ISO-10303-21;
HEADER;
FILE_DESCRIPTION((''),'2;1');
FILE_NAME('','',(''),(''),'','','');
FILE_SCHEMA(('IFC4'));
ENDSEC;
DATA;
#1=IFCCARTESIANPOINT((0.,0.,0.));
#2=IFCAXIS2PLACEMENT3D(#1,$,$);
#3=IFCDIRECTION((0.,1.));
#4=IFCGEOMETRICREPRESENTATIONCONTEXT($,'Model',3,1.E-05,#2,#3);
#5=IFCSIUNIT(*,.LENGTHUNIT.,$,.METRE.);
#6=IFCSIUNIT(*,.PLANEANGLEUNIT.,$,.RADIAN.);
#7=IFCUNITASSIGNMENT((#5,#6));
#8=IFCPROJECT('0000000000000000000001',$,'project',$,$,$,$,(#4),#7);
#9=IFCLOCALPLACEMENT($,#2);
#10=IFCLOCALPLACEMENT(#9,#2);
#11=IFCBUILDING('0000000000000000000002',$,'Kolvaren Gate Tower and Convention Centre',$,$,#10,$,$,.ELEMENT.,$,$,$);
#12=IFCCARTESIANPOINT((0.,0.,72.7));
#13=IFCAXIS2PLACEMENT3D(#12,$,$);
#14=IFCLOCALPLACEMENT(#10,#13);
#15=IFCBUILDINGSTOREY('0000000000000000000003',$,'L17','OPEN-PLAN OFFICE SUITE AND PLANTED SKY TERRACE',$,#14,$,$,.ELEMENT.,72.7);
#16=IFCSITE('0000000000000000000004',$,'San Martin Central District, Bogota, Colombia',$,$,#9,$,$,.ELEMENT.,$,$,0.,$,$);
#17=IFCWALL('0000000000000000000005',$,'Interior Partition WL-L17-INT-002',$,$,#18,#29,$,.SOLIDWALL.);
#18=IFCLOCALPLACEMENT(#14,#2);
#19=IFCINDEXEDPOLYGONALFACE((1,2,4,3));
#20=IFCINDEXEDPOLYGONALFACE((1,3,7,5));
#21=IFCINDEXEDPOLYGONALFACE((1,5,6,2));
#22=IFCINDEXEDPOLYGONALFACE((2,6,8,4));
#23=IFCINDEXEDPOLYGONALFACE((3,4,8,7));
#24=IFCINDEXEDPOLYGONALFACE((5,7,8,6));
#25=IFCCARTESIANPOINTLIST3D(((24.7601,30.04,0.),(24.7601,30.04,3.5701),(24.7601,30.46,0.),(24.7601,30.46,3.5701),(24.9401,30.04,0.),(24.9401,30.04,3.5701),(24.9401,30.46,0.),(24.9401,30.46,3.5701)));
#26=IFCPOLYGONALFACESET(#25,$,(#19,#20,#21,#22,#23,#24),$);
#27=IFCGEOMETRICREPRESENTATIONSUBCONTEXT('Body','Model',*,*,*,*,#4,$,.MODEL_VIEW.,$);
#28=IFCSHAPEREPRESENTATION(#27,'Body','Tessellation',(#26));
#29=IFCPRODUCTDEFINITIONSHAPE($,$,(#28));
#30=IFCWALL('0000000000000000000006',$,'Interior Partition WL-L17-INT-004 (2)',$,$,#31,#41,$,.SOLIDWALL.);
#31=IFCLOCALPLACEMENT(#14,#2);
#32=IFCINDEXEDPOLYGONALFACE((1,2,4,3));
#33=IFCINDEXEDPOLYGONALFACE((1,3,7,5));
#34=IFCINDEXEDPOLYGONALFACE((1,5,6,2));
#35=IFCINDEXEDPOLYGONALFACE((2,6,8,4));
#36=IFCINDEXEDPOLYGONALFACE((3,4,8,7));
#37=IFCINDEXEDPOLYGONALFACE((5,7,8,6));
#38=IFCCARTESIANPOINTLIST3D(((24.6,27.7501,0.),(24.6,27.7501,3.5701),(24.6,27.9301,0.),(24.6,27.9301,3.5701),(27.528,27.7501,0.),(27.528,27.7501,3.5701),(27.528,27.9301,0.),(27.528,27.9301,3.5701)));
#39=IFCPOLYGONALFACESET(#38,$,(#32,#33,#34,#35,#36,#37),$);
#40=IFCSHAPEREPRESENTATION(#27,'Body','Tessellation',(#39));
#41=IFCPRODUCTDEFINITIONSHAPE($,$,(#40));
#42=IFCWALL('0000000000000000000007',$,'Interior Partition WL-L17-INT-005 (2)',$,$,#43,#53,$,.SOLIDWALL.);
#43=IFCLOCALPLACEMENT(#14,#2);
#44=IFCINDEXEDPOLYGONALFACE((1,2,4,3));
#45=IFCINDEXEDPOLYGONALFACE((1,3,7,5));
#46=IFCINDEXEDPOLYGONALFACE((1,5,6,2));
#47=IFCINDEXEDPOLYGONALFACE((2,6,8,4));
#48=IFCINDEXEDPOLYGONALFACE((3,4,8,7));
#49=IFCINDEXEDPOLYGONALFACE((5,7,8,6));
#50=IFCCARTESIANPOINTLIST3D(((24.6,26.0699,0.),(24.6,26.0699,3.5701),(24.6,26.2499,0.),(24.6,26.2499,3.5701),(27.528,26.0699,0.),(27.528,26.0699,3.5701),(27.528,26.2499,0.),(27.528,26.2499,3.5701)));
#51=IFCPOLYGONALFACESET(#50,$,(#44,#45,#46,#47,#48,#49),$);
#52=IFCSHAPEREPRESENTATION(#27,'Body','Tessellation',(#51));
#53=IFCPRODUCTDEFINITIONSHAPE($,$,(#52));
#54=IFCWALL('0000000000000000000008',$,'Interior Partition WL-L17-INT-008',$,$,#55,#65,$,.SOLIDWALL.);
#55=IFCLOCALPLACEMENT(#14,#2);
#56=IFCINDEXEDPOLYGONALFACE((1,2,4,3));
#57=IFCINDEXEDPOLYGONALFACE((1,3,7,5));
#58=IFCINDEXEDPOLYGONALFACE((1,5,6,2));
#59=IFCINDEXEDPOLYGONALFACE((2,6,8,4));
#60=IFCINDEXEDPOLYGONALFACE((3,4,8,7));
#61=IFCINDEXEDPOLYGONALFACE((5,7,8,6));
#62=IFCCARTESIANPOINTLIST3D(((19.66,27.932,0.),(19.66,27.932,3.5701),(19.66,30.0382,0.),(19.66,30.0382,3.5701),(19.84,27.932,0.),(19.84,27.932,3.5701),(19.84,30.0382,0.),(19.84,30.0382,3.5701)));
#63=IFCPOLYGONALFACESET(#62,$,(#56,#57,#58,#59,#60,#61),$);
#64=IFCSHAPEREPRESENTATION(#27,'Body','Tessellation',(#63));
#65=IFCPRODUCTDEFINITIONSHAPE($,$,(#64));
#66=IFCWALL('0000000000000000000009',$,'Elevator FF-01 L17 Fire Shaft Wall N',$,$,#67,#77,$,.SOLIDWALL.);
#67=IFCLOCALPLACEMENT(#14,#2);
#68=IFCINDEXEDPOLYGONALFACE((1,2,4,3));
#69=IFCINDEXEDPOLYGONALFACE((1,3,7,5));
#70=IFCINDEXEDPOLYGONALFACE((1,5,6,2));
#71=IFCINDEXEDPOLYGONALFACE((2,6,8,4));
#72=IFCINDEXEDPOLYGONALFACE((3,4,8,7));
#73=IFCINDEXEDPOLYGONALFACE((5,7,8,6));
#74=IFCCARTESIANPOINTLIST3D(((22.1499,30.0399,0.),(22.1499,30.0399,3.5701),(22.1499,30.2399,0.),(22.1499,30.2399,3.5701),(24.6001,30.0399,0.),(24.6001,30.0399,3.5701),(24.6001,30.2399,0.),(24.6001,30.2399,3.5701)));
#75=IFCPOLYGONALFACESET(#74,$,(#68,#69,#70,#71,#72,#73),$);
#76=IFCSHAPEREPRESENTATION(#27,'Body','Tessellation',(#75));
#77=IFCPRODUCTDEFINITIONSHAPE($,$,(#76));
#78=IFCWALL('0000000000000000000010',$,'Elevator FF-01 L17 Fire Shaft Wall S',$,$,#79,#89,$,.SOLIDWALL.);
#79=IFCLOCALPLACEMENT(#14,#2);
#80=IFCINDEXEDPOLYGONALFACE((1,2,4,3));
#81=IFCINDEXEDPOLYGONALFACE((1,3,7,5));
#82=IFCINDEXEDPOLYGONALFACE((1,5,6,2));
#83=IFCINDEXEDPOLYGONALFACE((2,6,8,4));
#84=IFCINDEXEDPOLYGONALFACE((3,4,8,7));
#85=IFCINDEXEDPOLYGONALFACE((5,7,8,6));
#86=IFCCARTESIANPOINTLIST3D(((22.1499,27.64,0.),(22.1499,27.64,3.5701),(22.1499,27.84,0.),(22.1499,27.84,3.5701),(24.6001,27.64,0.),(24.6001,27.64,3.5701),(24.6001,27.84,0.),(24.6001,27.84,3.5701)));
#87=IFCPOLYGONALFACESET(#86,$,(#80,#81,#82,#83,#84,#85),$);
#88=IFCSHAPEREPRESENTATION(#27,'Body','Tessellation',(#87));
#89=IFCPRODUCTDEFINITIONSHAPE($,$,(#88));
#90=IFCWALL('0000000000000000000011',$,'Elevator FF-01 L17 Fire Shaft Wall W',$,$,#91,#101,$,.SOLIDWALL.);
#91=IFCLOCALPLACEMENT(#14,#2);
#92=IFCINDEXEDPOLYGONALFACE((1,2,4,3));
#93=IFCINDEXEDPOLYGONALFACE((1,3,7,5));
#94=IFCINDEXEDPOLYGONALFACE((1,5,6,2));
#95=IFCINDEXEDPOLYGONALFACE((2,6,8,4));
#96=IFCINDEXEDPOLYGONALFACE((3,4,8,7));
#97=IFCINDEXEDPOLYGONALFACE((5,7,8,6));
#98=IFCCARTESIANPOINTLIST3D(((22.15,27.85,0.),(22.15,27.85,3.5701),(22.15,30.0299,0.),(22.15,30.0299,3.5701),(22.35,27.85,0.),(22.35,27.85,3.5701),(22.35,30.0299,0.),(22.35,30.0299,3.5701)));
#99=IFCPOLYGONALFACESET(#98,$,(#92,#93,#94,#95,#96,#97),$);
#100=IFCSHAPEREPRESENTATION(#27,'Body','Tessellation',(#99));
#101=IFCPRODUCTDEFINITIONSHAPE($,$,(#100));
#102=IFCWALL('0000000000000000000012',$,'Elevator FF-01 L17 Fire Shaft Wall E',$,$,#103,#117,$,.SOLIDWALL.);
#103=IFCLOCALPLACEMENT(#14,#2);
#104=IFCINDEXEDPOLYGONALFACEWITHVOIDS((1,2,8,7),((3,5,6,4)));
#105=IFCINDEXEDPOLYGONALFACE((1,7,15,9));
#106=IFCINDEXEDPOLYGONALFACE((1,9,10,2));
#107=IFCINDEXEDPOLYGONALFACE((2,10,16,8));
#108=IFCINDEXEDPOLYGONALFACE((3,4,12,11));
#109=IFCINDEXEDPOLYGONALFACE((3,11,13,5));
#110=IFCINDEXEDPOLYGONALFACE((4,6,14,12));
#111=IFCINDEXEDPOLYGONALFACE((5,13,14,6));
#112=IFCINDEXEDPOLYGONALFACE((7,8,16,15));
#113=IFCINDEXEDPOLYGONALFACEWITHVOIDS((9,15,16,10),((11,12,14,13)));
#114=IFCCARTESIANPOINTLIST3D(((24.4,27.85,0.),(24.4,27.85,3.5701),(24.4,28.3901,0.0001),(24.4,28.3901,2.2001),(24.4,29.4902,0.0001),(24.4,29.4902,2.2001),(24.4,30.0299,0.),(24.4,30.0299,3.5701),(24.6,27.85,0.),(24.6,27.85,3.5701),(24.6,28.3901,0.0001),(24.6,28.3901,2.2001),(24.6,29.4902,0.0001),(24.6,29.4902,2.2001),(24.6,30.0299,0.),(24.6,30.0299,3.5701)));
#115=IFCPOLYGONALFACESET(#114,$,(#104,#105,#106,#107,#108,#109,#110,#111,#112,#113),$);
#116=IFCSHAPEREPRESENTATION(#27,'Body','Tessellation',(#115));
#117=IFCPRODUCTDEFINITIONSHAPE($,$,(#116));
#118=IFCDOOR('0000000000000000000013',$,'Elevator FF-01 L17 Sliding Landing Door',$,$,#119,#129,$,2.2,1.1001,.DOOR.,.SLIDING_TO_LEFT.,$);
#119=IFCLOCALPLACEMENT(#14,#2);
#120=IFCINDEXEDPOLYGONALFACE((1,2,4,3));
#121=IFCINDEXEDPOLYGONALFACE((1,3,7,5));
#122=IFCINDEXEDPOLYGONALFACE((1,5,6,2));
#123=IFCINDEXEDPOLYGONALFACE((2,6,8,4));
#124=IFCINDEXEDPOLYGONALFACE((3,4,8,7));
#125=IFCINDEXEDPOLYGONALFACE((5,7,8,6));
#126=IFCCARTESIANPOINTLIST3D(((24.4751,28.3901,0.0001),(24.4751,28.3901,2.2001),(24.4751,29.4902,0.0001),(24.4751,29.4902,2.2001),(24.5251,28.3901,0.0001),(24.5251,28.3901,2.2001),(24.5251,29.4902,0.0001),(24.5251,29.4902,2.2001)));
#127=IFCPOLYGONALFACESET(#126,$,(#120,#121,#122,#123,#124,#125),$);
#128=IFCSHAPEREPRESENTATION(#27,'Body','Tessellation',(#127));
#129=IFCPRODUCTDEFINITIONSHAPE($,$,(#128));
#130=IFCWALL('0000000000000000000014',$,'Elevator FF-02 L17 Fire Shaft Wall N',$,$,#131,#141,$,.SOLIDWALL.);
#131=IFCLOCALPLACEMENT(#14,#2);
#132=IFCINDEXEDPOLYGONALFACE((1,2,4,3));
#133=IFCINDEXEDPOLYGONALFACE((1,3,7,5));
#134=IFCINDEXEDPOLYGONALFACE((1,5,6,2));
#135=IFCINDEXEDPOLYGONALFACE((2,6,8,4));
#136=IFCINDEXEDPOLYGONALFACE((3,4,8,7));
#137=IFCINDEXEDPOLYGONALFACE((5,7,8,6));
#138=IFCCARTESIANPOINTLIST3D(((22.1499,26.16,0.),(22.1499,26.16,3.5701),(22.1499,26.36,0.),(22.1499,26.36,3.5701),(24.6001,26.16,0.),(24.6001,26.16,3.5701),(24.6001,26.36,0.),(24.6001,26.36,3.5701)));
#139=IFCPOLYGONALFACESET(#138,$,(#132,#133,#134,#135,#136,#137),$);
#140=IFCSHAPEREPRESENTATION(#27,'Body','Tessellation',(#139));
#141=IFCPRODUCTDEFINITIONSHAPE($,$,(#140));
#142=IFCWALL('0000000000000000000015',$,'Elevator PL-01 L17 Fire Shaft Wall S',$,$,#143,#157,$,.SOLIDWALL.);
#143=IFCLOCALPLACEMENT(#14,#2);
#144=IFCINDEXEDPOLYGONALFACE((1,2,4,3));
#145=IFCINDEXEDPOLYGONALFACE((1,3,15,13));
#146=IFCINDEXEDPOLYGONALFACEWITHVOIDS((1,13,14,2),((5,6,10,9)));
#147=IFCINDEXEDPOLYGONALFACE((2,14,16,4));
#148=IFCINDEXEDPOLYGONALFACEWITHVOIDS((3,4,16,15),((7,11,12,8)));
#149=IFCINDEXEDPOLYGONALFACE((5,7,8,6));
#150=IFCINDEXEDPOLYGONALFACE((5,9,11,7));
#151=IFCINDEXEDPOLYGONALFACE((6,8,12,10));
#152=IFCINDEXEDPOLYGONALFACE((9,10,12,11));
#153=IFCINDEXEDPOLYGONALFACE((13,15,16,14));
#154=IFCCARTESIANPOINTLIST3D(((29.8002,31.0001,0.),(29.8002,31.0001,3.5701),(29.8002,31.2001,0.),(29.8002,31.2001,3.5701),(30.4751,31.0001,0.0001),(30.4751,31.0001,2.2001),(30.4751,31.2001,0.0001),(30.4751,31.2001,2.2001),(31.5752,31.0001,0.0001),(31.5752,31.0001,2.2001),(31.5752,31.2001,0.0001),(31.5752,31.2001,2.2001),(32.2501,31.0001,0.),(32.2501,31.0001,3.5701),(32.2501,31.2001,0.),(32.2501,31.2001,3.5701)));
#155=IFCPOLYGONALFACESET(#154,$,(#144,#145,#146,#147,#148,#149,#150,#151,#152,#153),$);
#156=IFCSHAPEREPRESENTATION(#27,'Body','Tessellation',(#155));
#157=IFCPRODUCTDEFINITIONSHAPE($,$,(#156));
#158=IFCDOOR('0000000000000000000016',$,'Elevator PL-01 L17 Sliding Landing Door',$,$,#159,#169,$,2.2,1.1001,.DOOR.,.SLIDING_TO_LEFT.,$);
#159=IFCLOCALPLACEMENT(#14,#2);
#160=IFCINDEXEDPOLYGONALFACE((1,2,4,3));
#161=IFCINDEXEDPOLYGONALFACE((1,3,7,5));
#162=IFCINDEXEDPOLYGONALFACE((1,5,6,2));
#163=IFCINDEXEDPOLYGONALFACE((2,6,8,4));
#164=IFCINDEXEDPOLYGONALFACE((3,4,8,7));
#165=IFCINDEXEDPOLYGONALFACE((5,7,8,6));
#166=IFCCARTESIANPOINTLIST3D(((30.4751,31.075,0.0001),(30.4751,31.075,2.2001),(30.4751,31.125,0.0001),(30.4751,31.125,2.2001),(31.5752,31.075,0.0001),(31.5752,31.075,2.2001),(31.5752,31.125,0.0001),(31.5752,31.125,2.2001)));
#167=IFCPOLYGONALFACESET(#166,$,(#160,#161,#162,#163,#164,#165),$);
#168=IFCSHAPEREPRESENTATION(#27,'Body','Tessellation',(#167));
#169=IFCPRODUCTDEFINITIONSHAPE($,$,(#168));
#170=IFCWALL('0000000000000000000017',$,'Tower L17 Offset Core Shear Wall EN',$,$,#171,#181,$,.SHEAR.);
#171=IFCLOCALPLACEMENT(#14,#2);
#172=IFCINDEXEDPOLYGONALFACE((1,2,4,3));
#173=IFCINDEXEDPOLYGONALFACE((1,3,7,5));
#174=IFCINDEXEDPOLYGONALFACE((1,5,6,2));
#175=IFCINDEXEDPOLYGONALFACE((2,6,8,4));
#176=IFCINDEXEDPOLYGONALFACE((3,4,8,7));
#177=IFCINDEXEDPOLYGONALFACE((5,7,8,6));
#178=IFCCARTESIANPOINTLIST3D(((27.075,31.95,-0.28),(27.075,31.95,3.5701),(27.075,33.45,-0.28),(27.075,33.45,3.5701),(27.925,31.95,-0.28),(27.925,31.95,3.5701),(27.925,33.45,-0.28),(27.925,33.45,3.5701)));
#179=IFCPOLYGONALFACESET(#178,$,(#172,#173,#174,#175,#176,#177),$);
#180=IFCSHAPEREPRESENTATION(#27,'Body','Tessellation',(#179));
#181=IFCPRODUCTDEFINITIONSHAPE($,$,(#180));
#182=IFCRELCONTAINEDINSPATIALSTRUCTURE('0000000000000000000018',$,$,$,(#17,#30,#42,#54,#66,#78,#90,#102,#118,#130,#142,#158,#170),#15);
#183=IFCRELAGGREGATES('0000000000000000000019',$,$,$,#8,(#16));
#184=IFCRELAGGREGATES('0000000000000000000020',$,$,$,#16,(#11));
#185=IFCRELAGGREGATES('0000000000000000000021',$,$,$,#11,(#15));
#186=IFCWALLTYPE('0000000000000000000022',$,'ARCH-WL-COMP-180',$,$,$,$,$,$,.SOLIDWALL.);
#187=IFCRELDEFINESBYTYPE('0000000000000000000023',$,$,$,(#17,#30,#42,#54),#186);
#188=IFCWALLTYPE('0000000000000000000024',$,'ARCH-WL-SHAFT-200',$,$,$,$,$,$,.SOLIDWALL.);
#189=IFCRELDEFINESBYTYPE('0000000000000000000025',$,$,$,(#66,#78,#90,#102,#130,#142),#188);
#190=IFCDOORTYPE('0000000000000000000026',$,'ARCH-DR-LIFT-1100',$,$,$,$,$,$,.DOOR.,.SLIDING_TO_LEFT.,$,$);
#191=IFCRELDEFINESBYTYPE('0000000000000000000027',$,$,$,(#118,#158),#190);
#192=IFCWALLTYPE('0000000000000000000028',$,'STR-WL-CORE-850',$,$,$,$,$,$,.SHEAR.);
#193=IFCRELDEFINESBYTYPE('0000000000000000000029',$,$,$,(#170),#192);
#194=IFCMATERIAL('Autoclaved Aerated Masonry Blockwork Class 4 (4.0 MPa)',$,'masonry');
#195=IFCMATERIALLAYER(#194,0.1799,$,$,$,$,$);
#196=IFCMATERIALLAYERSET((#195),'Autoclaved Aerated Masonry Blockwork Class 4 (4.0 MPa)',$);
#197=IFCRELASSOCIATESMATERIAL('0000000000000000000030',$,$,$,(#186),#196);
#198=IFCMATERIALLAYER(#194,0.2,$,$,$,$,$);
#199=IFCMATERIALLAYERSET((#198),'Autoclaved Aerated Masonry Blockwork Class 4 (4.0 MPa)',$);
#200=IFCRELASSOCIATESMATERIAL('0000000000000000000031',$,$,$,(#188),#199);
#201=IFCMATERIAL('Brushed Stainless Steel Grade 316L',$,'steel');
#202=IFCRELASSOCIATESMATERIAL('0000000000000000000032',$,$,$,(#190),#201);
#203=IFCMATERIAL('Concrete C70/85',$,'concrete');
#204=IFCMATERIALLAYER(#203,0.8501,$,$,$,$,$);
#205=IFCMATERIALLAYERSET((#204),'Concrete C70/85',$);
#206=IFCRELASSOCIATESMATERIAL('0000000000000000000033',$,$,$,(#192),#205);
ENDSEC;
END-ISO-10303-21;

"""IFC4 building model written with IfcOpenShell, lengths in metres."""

from ifc_helpers import new_model, si_unit, direction, frame, frame_2d, origin, place, context, subcontext, project, spatial, rectangle, extrude, material, layer, layer_set, type_object, element, fill, save


model = new_model("IFC4")

# Units and contexts
model_context = context("Model", 3, precision=1e-05, world=origin(), true_north=direction((0.0, 1.0)))
body_context = subcontext(model_context, "Body", "Model", "MODEL_VIEW")
ifc_project = project(units=[si_unit("LENGTHUNIT", "METRE"), si_unit("PLANEANGLEUNIT", "RADIAN")], contexts=[model_context])

# Site, building, storey
site_placement = place(None, origin())
site = spatial("IfcSite", under=ifc_project, at=site_placement, Name="San Martin Central District, Bogota, Colombia", CompositionType="ELEMENT", RefElevation=0.0)
building_placement = place(site_placement, origin())
building = spatial("IfcBuilding", under=site, at=building_placement, Name="Kolvaren Gate Tower and Convention Centre", CompositionType="ELEMENT")
storey_placement = place(building_placement, frame((0.0, 0.0, 72.7)))
storey = spatial("IfcBuildingStorey", under=building, at=storey_placement, Name="L17", Description="OPEN-PLAN OFFICE SUITE AND PLANTED SKY TERRACE", CompositionType="ELEMENT", Elevation=72.7)

# Walls
ifc_material_1 = material(Name="Autoclaved Aerated Masonry Blockwork Class 4 (4.0 MPa)", Category="masonry")
ifc_layer_1 = layer(ifc_material_1, 0.1799)
ifc_layer_set_1 = layer_set([ifc_layer_1], Name="Autoclaved Aerated Masonry Blockwork Class 4 (4.0 MPa)")
wall_type_1 = type_object("IfcWallType", Name="ARCH-WL-COMP-180", PredefinedType="SOLIDWALL", material=ifc_layer_set_1)
wall_1_placement = place(storey_placement, frame((24.8501, 30.04, 0.0), z_axis=(0.0, 0.0, 1.0), x_axis=(0.0, 1.0, 0.0)))
element("IfcWall", 1, at=wall_1_placement, inside=storey, type_object=wall_type_1, Name="Interior Partition WL-L17-INT-002", PredefinedType="SOLIDWALL", context=body_context, shape_type="SweptSolid", body=[
    extrude(rectangle(XDim=0.4199, YDim=0.1799, at=frame_2d((0.21, 0.0))), origin(), (0.0, 0.0, 1.0), 3.5701),
])
for number, where, z_axis, x_axis, name in (
    (2, (24.6001, 27.8401, 0.0), (0.0, 0.0, 1.0), (1.0, 0.0, 0.0), "Interior Partition WL-L17-INT-004 (2)"),
    (3, (24.6001, 26.1599, 0.0), (0.0, 0.0, 1.0), (1.0, 0.0, 0.0), "Interior Partition WL-L17-INT-005 (2)"),
):
    element("IfcWall", number, at=place(storey_placement, frame(where, z_axis=z_axis, x_axis=x_axis)), inside=storey, type_object=wall_type_1, Name=name, PredefinedType="SOLIDWALL", context=body_context, shape_type="SweptSolid", body=[
        extrude(rectangle(XDim=2.928, YDim=0.1799, at=frame_2d((1.4639, 0.0))), origin(), (0.0, 0.0, 1.0), 3.5701),
    ])
wall_2_placement = place(storey_placement, frame((19.75, 27.9319, 0.0), z_axis=(0.0, 0.0, 1.0), x_axis=(0.0, 1.0, 0.0)))
element("IfcWall", 4, at=wall_2_placement, inside=storey, type_object=wall_type_1, Name="Interior Partition WL-L17-INT-008", PredefinedType="SOLIDWALL", context=body_context, shape_type="SweptSolid", body=[
    extrude(rectangle(XDim=2.1062, YDim=0.1799, at=frame_2d((1.0532, 0.0))), origin(), (0.0, 0.0, 1.0), 3.5701),
])
ifc_layer_2 = layer(ifc_material_1, 0.2)
ifc_layer_set_2 = layer_set([ifc_layer_2], Name="Autoclaved Aerated Masonry Blockwork Class 4 (4.0 MPa)")
wall_type_2 = type_object("IfcWallType", Name="ARCH-WL-SHAFT-200", PredefinedType="SOLIDWALL", material=ifc_layer_set_2)
for number, where, z_axis, x_axis, name in (
    (5, (22.1499, 30.1399, 0.0), (0.0, 0.0, 1.0), (1.0, 0.0, 0.0), "Elevator FF-01 L17 Fire Shaft Wall N"),
    (6, (22.1499, 27.74, 0.0), (0.0, 0.0, 1.0), (1.0, 0.0, 0.0), "Elevator FF-01 L17 Fire Shaft Wall S"),
):
    element("IfcWall", number, at=place(storey_placement, frame(where, z_axis=z_axis, x_axis=x_axis)), inside=storey, type_object=wall_type_2, Name=name, PredefinedType="SOLIDWALL", context=body_context, shape_type="SweptSolid", body=[
        extrude(rectangle(XDim=2.4502, YDim=0.2, at=frame_2d((1.2251, 0.0))), origin(), (0.0, 0.0, 1.0), 3.5701),
    ])
wall_3_placement = place(storey_placement, frame((22.25, 27.8501, 0.0), z_axis=(0.0, 0.0, 1.0), x_axis=(0.0, 1.0, 0.0)))
element("IfcWall", 7, at=wall_3_placement, inside=storey, type_object=wall_type_2, Name="Elevator FF-01 L17 Fire Shaft Wall W", PredefinedType="SOLIDWALL", context=body_context, shape_type="SweptSolid", body=[
    extrude(rectangle(XDim=2.1799, YDim=0.2, at=frame_2d((1.0898, 0.0))), origin(), (0.0, 0.0, 1.0), 3.5701),
])

# Wall, opening, door
wall_4_placement = place(storey_placement, frame((24.5, 27.8501, 0.0), z_axis=(0.0, 0.0, 1.0), x_axis=(0.0, 1.0, 0.0)))
wall_4 = element("IfcWall", 8, at=wall_4_placement, inside=storey, type_object=wall_type_2, Name="Elevator FF-01 L17 Fire Shaft Wall E", PredefinedType="SOLIDWALL", context=body_context, shape_type="SweptSolid", body=[
    extrude(rectangle(XDim=2.1799, YDim=0.2, at=frame_2d((1.0898, 0.0))), origin(), (0.0, 0.0, 1.0), 3.5701),
])
opening_1_placement = place(wall_4_placement, frame((0.54, 0.0, 0.0)))
opening_1 = element("IfcOpeningElement", 9, at=opening_1_placement, cuts=wall_4, PredefinedType="OPENING", context=body_context, shape_type="SweptSolid", body=[
    extrude(rectangle(XDim=1.1001, YDim=2.2, at=frame_2d((0.55, 1.1001))), frame((0.0, 0.1099, 0.0), z_axis=(0.0, -1.0, 0.0), x_axis=(1.0, 0.0, 0.0)), (0.0, 0.0, 1.0), 0.22),
])
ifc_material_2 = material(Name="Brushed Stainless Steel Grade 316L", Category="steel")
door_type_1 = type_object("IfcDoorType", Name="ARCH-DR-LIFT-1100", OperationType="SLIDING_TO_LEFT", PredefinedType="DOOR", material=ifc_material_2)
door_1_placement = place(opening_1_placement, origin())
door_1 = element("IfcDoor", 10, at=door_1_placement, inside=storey, type_object=door_type_1, Name="Elevator FF-01 L17 Sliding Landing Door", OperationType="SLIDING_TO_LEFT", OverallHeight=2.2, OverallWidth=1.1001, PredefinedType="DOOR", context=body_context, shape_type="SweptSolid", body=[
    extrude(rectangle(XDim=1.1001, YDim=2.2, at=frame_2d((0.55, 1.1001))), frame((0.0, 0.0249, 0.0), z_axis=(0.0, -1.0, 0.0), x_axis=(1.0, 0.0, 0.0)), (0.0, 0.0, 1.0), 0.05),
])
fill(opening_1, door_1)

# Wall
wall_5_placement = place(storey_placement, frame((22.1499, 26.26, 0.0), z_axis=(0.0, 0.0, 1.0), x_axis=(1.0, 0.0, 0.0)))
element("IfcWall", 11, at=wall_5_placement, inside=storey, type_object=wall_type_2, Name="Elevator FF-02 L17 Fire Shaft Wall N", PredefinedType="SOLIDWALL", context=body_context, shape_type="SweptSolid", body=[
    extrude(rectangle(XDim=2.4502, YDim=0.2, at=frame_2d((1.2251, 0.0))), origin(), (0.0, 0.0, 1.0), 3.5701),
])

# Wall, opening, door
wall_6_placement = place(storey_placement, frame((29.8, 31.1001, 0.0), z_axis=(0.0, 0.0, 1.0), x_axis=(1.0, 0.0, 0.0)))
wall_6 = element("IfcWall", 12, at=wall_6_placement, inside=storey, type_object=wall_type_2, Name="Elevator PL-01 L17 Fire Shaft Wall S", PredefinedType="SOLIDWALL", context=body_context, shape_type="SweptSolid", body=[
    extrude(rectangle(XDim=2.45, YDim=0.2, at=frame_2d((1.2251, 0.0))), origin(), (0.0, 0.0, 1.0), 3.5701),
])
opening_2_placement = place(wall_6_placement, frame((0.675, 0.0, 0.0)))
opening_2 = element("IfcOpeningElement", 13, at=opening_2_placement, cuts=wall_6, PredefinedType="OPENING", context=body_context, shape_type="SweptSolid", body=[
    extrude(rectangle(XDim=1.1001, YDim=2.2, at=frame_2d((0.55, 1.1001))), frame((0.0, 0.1099, 0.0), z_axis=(0.0, -1.0, 0.0), x_axis=(1.0, 0.0, 0.0)), (0.0, 0.0, 1.0), 0.22),
])
door_2_placement = place(opening_2_placement, origin())
door_2 = element("IfcDoor", 14, at=door_2_placement, inside=storey, type_object=door_type_1, Name="Elevator PL-01 L17 Sliding Landing Door", OperationType="SLIDING_TO_LEFT", OverallHeight=2.2, OverallWidth=1.1001, PredefinedType="DOOR", context=body_context, shape_type="SweptSolid", body=[
    extrude(rectangle(XDim=1.1001, YDim=2.2, at=frame_2d((0.55, 1.1001))), frame((0.0, 0.0249, 0.0), z_axis=(0.0, -1.0, 0.0), x_axis=(1.0, 0.0, 0.0)), (0.0, 0.0, 1.0), 0.05),
])
fill(opening_2, door_2)

# Wall
ifc_material_3 = material(Name="Concrete C70/85", Category="concrete")
ifc_layer_3 = layer(ifc_material_3, 0.8501)
ifc_layer_set_3 = layer_set([ifc_layer_3], Name="Concrete C70/85")
wall_type_3 = type_object("IfcWallType", Name="STR-WL-CORE-850", PredefinedType="SHEAR", material=ifc_layer_set_3)
wall_7_placement = place(storey_placement, frame((27.5, 31.95, -0.28), z_axis=(0.0, 0.0, 1.0), x_axis=(0.0, 1.0, 0.0)))
element("IfcWall", 15, at=wall_7_placement, inside=storey, type_object=wall_type_3, Name="Tower L17 Offset Core Shear Wall EN", PredefinedType="SHEAR", context=body_context, shape_type="SweptSolid", body=[
    extrude(rectangle(XDim=1.5, YDim=0.8501, at=frame_2d((0.75, 0.0))), origin(), (0.0, 0.0, 1.0), 3.8501),
])

save(model, "model.ifc")
